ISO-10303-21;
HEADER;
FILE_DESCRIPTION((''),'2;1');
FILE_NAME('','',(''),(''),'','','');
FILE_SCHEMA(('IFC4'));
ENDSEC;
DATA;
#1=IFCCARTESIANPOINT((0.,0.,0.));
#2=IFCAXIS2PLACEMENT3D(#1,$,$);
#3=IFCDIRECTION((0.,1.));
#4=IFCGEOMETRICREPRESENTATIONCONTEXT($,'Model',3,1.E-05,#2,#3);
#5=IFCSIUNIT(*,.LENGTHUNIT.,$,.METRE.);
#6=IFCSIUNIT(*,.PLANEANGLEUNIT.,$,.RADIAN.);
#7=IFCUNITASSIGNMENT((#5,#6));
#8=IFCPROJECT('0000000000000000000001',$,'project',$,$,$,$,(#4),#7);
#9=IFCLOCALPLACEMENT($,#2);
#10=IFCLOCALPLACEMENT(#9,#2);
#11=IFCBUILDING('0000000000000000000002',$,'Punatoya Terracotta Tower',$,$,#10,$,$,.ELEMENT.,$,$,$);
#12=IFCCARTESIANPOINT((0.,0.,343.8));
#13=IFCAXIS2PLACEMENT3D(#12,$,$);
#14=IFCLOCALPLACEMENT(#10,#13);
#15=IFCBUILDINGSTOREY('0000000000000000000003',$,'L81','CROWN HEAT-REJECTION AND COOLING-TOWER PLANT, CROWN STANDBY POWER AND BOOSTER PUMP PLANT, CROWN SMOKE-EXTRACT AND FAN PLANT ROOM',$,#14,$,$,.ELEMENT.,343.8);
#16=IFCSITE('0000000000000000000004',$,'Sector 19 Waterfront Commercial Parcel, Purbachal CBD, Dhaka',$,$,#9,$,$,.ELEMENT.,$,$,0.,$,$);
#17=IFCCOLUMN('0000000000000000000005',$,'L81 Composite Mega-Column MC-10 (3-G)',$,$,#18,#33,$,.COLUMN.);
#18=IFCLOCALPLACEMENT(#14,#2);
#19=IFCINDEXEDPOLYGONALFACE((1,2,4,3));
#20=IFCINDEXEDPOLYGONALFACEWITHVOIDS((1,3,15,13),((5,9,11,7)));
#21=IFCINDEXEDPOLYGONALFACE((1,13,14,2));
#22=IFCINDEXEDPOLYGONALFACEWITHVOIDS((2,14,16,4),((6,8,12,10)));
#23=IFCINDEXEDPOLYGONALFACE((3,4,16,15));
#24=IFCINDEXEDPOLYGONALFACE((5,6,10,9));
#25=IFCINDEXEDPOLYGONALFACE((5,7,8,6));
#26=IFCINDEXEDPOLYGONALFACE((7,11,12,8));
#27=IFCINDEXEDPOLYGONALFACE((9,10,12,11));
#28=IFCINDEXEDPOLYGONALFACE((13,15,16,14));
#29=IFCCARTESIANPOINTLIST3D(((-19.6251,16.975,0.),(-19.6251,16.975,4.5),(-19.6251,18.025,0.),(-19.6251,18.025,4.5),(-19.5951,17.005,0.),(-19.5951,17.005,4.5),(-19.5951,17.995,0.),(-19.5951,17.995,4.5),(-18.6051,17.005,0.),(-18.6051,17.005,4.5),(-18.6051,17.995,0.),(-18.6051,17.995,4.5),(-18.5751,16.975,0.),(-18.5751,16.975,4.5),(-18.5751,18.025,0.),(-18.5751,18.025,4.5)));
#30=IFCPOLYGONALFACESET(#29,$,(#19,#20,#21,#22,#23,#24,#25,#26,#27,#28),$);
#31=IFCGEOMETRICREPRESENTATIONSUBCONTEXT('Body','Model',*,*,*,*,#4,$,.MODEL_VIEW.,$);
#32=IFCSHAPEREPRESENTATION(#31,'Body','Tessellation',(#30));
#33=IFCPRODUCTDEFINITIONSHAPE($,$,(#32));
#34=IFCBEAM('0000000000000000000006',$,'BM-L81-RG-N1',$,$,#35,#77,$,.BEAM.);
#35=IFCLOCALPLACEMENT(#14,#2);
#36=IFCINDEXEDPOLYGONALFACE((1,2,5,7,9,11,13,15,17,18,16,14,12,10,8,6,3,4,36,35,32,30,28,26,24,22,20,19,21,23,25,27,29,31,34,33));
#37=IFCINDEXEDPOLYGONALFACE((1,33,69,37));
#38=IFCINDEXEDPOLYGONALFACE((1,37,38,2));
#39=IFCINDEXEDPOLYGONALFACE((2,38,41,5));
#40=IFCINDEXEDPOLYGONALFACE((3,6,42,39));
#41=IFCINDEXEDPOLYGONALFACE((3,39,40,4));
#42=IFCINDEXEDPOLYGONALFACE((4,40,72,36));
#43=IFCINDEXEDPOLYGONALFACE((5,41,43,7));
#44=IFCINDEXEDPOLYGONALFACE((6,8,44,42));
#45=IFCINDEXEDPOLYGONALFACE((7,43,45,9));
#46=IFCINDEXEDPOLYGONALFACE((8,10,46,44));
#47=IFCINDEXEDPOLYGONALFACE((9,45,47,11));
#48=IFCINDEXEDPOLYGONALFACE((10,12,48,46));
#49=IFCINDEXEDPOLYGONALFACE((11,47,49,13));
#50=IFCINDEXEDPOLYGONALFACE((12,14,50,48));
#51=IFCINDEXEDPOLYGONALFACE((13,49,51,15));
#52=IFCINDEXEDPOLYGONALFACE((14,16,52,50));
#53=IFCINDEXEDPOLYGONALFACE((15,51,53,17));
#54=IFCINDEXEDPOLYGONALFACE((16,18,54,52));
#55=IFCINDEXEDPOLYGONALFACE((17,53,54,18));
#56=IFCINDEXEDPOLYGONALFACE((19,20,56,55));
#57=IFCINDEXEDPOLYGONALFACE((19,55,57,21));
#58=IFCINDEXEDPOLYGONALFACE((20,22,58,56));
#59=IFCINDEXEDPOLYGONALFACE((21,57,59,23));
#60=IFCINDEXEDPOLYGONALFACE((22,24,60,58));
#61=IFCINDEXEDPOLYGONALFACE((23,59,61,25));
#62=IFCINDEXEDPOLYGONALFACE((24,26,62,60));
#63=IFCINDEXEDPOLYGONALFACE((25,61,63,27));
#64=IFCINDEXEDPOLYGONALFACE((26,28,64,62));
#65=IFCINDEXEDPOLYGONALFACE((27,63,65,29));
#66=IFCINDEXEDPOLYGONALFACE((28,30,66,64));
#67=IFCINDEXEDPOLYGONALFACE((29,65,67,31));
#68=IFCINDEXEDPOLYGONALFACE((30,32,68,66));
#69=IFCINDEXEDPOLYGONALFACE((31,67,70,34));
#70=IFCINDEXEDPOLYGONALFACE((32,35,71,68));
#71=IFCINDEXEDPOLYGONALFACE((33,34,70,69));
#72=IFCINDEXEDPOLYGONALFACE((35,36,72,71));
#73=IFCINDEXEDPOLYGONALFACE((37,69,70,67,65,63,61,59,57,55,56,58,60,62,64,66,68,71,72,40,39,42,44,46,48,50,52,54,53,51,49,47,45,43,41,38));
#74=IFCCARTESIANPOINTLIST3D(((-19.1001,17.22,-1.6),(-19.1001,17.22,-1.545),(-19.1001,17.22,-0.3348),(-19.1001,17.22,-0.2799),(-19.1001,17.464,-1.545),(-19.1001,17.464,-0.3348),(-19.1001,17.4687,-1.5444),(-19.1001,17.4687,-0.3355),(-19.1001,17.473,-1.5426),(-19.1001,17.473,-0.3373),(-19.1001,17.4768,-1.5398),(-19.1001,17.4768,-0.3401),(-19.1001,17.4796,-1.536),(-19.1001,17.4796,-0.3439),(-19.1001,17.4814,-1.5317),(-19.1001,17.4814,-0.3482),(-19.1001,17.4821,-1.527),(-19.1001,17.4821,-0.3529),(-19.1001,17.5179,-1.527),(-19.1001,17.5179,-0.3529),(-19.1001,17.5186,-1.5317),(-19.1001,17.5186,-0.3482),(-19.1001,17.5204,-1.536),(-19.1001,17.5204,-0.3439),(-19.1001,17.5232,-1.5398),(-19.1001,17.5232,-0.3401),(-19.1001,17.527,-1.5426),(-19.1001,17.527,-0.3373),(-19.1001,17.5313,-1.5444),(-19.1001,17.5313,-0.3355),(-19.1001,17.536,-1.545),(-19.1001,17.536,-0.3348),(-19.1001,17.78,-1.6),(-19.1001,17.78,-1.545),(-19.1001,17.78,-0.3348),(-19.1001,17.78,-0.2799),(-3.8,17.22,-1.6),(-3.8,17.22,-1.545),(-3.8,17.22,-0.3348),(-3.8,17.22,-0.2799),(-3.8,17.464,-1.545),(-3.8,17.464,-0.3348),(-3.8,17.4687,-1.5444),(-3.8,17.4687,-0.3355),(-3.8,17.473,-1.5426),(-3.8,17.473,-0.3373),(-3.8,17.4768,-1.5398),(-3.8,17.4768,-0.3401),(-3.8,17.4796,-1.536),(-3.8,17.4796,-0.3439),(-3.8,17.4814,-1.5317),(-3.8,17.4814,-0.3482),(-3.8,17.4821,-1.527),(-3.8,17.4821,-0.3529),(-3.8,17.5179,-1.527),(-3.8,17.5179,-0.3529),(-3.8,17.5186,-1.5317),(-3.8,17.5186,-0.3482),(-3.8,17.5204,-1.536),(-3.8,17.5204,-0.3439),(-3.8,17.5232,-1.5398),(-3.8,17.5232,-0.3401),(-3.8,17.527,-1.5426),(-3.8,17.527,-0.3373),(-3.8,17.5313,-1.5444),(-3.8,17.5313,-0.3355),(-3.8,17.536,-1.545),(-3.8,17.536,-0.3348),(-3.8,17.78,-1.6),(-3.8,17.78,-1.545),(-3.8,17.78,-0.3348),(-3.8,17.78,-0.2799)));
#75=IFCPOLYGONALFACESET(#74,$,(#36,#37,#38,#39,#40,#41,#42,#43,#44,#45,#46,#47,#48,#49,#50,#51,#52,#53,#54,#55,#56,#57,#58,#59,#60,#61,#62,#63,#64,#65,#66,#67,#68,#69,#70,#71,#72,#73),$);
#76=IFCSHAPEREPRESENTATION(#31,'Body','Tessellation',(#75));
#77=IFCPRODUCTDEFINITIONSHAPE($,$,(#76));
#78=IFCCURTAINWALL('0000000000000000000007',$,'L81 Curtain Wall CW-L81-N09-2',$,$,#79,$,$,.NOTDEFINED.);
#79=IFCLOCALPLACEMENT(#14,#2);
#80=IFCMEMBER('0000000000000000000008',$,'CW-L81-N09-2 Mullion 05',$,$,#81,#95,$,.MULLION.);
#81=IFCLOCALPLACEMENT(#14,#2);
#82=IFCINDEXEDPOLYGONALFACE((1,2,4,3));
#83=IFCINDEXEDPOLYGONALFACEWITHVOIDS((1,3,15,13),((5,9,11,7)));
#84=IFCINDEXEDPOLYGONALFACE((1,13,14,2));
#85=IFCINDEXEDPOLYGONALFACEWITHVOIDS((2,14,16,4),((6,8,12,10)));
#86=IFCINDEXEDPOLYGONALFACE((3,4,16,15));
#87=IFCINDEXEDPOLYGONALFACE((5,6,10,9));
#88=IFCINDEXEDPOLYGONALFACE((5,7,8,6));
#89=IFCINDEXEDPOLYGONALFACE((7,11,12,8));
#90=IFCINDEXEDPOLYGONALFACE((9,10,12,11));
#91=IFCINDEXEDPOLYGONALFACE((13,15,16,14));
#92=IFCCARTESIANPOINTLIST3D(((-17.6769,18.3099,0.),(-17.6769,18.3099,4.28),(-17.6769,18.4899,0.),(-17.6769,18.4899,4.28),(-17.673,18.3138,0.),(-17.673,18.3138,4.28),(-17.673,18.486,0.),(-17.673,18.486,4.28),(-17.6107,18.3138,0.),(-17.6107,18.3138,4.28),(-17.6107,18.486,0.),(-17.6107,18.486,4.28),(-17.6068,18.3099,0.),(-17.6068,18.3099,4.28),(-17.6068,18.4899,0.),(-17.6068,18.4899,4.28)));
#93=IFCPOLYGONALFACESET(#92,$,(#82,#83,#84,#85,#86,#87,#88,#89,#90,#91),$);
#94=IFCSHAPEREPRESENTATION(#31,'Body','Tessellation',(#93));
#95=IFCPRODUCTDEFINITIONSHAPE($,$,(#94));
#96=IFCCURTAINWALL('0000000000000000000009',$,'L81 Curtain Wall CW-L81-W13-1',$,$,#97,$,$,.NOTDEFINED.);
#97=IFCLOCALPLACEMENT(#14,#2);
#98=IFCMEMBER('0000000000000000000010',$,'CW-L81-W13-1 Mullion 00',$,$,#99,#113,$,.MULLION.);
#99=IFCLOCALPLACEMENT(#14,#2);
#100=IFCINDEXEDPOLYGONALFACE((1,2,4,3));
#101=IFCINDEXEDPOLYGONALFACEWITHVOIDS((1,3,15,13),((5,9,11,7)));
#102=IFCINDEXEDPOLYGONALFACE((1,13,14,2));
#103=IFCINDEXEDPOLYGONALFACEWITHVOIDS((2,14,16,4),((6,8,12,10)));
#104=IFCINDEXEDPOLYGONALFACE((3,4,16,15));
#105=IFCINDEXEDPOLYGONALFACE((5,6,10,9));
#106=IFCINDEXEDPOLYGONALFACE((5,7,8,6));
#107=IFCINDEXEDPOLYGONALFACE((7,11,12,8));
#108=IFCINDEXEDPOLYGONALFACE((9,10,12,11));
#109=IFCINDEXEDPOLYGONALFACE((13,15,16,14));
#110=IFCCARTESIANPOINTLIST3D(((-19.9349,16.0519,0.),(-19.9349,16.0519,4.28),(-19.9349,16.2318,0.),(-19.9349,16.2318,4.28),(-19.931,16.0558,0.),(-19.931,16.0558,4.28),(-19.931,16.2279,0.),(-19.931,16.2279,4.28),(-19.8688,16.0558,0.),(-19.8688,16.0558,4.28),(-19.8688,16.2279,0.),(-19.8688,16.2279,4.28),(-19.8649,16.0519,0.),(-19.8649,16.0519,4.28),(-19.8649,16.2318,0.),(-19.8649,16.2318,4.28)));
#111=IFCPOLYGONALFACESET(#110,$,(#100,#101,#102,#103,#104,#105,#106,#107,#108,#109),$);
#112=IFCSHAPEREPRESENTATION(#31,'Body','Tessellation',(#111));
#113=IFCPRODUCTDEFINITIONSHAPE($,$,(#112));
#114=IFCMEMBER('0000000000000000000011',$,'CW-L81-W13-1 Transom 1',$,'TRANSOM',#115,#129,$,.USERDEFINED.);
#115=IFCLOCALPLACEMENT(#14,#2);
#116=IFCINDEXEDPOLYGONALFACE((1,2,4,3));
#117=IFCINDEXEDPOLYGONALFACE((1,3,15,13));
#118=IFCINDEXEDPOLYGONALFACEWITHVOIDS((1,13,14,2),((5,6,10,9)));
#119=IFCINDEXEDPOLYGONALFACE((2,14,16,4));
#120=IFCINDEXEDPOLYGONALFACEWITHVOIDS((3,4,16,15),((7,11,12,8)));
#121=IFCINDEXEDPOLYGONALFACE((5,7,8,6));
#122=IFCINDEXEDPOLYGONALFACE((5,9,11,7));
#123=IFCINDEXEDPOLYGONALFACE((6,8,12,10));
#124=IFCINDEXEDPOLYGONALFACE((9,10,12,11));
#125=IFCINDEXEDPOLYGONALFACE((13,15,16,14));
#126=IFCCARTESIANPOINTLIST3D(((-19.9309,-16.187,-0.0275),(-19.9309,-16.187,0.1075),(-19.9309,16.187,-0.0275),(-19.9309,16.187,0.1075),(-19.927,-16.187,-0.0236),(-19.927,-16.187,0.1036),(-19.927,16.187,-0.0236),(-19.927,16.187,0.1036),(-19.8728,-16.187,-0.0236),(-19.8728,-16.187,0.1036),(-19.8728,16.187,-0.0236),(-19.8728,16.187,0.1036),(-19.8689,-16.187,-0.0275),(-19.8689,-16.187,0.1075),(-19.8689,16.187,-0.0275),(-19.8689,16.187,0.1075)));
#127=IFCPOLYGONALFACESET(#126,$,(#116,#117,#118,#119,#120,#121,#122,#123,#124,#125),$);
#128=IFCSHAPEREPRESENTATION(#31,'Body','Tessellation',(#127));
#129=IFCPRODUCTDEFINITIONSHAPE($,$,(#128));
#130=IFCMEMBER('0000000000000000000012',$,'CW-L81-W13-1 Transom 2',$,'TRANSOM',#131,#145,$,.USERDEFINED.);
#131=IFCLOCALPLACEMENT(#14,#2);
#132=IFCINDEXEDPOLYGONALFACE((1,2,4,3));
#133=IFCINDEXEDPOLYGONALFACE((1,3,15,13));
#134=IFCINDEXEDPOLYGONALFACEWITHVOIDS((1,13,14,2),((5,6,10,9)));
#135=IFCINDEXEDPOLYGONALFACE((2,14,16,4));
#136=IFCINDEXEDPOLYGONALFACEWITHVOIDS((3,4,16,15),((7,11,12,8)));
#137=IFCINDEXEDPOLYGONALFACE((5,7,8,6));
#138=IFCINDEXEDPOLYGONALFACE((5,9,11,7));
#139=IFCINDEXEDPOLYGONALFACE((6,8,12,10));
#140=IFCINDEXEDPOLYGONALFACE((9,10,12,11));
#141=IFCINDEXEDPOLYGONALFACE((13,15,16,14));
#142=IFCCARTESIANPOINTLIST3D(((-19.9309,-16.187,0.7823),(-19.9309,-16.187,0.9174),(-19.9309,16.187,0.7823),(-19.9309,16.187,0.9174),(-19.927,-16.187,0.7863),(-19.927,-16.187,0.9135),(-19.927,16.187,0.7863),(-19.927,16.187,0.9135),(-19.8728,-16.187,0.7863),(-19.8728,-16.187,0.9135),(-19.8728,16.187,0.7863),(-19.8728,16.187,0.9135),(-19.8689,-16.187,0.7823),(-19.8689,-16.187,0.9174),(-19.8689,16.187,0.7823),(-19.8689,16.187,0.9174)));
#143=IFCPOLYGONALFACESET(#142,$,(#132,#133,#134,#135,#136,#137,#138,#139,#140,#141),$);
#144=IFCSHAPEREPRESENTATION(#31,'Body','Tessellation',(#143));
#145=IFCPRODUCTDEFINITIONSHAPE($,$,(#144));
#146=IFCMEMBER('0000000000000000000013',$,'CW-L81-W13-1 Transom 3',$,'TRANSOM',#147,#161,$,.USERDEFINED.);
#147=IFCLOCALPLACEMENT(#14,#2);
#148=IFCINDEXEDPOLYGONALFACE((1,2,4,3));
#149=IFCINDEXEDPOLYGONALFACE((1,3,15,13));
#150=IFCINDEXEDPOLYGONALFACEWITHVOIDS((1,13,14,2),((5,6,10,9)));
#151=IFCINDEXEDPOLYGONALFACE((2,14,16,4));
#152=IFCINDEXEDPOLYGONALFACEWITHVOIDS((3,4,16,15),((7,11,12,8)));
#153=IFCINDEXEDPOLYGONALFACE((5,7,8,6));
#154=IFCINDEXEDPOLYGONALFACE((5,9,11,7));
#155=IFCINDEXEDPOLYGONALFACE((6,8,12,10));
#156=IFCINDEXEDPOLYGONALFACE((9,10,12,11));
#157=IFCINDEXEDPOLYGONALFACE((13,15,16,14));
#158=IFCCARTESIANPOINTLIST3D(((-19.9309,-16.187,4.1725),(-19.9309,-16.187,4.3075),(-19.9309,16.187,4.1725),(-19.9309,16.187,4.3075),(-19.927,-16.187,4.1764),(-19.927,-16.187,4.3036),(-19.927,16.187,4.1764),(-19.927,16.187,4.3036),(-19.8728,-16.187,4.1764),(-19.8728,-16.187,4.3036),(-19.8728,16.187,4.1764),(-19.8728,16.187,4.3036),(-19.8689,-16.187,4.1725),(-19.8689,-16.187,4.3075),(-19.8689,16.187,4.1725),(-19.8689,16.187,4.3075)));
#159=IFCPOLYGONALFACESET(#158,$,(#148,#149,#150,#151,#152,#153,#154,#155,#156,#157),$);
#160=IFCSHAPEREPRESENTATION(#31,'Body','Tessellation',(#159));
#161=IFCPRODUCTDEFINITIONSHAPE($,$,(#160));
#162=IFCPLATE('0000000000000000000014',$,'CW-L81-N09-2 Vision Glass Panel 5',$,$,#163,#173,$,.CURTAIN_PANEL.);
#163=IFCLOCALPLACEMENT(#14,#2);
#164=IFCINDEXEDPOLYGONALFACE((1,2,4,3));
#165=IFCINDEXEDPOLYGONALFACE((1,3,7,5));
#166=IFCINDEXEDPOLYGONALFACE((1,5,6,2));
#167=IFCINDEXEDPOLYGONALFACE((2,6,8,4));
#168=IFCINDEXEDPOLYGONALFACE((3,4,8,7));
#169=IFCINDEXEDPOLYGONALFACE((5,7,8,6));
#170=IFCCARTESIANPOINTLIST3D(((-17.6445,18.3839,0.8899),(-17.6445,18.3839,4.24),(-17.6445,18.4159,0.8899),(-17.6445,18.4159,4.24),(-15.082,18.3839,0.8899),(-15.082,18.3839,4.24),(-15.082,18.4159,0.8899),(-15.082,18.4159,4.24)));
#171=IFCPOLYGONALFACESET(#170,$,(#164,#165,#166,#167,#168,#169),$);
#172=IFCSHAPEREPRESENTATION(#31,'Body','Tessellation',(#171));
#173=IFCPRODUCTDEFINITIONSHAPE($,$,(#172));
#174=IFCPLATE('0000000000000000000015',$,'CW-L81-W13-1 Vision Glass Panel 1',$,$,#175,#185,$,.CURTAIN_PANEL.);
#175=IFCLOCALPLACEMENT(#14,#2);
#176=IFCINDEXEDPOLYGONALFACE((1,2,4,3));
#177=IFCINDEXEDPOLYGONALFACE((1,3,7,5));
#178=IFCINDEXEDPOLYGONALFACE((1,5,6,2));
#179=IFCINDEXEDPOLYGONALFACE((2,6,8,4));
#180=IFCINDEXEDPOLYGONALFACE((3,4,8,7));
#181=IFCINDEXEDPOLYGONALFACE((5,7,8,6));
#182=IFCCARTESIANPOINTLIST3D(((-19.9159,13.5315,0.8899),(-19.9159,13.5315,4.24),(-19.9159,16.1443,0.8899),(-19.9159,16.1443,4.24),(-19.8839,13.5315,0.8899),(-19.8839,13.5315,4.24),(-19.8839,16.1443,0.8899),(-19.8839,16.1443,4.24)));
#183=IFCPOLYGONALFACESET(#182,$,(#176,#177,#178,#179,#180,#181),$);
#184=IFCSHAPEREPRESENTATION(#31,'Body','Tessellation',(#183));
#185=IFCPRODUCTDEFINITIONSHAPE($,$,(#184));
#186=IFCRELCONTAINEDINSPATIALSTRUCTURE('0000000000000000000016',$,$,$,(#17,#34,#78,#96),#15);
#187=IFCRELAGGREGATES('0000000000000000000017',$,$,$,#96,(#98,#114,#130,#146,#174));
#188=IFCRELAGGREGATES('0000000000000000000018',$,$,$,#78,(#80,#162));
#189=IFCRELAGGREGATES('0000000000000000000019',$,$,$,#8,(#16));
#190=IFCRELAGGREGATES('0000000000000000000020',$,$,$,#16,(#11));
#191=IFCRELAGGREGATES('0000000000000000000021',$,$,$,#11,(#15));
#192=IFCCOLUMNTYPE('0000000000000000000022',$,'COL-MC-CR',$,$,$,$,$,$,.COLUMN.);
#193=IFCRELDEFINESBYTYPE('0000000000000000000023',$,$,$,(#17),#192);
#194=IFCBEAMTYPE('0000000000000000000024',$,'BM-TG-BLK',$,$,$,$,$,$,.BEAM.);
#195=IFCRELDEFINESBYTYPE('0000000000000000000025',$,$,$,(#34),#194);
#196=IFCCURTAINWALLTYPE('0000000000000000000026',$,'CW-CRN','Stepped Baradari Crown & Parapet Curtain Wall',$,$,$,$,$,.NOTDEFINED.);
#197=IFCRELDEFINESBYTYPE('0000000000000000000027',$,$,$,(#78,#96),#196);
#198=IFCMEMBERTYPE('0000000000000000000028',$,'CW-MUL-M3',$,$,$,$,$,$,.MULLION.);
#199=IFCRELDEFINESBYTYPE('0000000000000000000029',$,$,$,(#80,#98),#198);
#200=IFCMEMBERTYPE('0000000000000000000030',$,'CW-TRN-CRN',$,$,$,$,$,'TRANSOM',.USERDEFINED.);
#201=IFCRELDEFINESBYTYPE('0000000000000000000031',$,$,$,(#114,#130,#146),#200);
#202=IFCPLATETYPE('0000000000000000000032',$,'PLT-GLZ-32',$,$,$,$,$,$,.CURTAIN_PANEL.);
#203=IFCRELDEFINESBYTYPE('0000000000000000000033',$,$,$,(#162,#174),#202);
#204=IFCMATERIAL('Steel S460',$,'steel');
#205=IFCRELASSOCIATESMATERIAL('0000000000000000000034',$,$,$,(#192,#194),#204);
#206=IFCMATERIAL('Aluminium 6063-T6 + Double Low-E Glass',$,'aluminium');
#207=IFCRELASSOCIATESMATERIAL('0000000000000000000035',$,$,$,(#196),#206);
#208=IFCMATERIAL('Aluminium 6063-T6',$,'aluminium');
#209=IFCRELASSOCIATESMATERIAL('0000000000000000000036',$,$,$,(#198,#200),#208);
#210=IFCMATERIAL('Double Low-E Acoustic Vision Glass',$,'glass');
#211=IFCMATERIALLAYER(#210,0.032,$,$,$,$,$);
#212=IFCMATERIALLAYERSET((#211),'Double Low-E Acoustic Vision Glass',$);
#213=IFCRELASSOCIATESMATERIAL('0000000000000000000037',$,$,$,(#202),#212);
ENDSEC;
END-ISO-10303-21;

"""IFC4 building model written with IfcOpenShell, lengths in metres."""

from ifc_helpers import new_model, si_unit, direction, frame, origin, origin_2d, place, context, subcontext, project, spatial, rectangle, hollow_rectangle, i_section, extrude, material, layer, layer_set, material_profile, profile_set, type_object, element, aggregate, save


model = new_model("IFC4")

# Units and contexts
model_context = context("Model", 3, precision=1e-05, world=origin(), true_north=direction((0.0, 1.0)))
body_context = subcontext(model_context, "Body", "Model", "MODEL_VIEW")
ifc_project = project(units=[si_unit("LENGTHUNIT", "METRE"), si_unit("PLANEANGLEUNIT", "RADIAN")], contexts=[model_context])

# Site, building, storey
site_placement = place(None, origin())
site = spatial("IfcSite", under=ifc_project, at=site_placement, Name="Sector 19 Waterfront Commercial Parcel, Purbachal CBD, Dhaka", CompositionType="ELEMENT", RefElevation=0.0)
building_placement = place(site_placement, origin())
building = spatial("IfcBuilding", under=site, at=building_placement, Name="Punatoya Terracotta Tower", CompositionType="ELEMENT")
storey_placement = place(building_placement, frame((0.0, 0.0, 343.8)))
storey = spatial("IfcBuildingStorey", under=building, at=storey_placement, Name="L81", Description="CROWN HEAT-REJECTION AND COOLING-TOWER PLANT, CROWN STANDBY POWER AND BOOSTER PUMP PLANT, CROWN SMOKE-EXTRACT AND FAN PLANT ROOM", CompositionType="ELEMENT", Elevation=343.8)

# Column
ifc_material_1 = material(Name="Steel S460", Category="steel")
ifc_material_profile_1 = material_profile(ifc_material_1, hollow_rectangle(XDim=1.05, YDim=1.05, WallThickness=0.03, at=origin_2d()))
ifc_profile_set_1 = profile_set([ifc_material_profile_1], Name="Steel S460")
column_type = type_object("IfcColumnType", Name="COL-MC-CR", PredefinedType="COLUMN", material=ifc_profile_set_1)
column_placement = place(storey_placement, frame((-19.1001, 17.5, 0.0), z_axis=(0.0, 0.0, 1.0), x_axis=(1.0, 0.0, 0.0)))
element("IfcColumn", 1, at=column_placement, inside=storey, type_object=column_type, Name="L81 Composite Mega-Column MC-10 (3-G)", PredefinedType="COLUMN", context=body_context, shape_type="SweptSolid", body=[
    extrude(hollow_rectangle(XDim=1.05, YDim=1.05, WallThickness=0.03, at=origin_2d()), origin(), (0.0, 0.0, 1.0), 4.5),
])

# Beam
ifc_material_profile_2 = material_profile(ifc_material_1, i_section(OverallWidth=0.5601, OverallDepth=1.3201, WebThickness=0.0359, FlangeThickness=0.0549, FilletRadius=0.0181, at=origin_2d()))
ifc_profile_set_2 = profile_set([ifc_material_profile_2], Name="Steel S460")
beam_type = type_object("IfcBeamType", Name="BM-TG-BLK", PredefinedType="BEAM", material=ifc_profile_set_2)
beam_placement = place(storey_placement, frame((-19.1001, 17.5, -0.9399), z_axis=(1.0, 0.0, 0.0), x_axis=(0.0, 1.0, 0.0)))
element("IfcBeam", 2, at=beam_placement, inside=storey, type_object=beam_type, Name="BM-L81-RG-N1", PredefinedType="BEAM", context=body_context, shape_type="SweptSolid", body=[
    extrude(i_section(OverallWidth=0.5601, OverallDepth=1.3201, WebThickness=0.0359, FlangeThickness=0.0549, FilletRadius=0.0181, at=origin_2d()), origin(), (0.0, 0.0, 1.0), 15.3),
])

# Curtain wall, member
ifc_material_2 = material(Name="Aluminium 6063-T6 + Double Low-E Glass", Category="aluminium")
curtain_wall_type = type_object("IfcCurtainWallType", Name="CW-CRN", Description="Stepped Baradari Crown & Parapet Curtain Wall", PredefinedType="NOTDEFINED", material=ifc_material_2)
curtain_wall_1_placement = place(storey_placement, origin())
curtain_wall_1 = element("IfcCurtainWall", 3, at=curtain_wall_1_placement, inside=storey, type_object=curtain_wall_type, Name="L81 Curtain Wall CW-L81-N09-2", PredefinedType="NOTDEFINED")
ifc_material_3 = material(Name="Aluminium 6063-T6", Category="aluminium")
ifc_material_profile_3 = material_profile(ifc_material_3, hollow_rectangle(XDim=0.0701, YDim=0.1799, WallThickness=0.0039, at=origin_2d()))
ifc_profile_set_3 = profile_set([ifc_material_profile_3], Name="Aluminium 6063-T6")
member_type_1 = type_object("IfcMemberType", Name="CW-MUL-M3", PredefinedType="MULLION", material=ifc_profile_set_3)
member_1_placement = place(storey_placement, frame((-17.6418, 18.3999, 0.0), z_axis=(0.0, 0.0, 1.0), x_axis=(1.0, 0.0, 0.0)))
member_1 = element("IfcMember", 4, at=member_1_placement, type_object=member_type_1, Name="CW-L81-N09-2 Mullion 05", PredefinedType="MULLION", context=body_context, shape_type="SweptSolid", body=[
    extrude(hollow_rectangle(XDim=0.0701, YDim=0.1799, WallThickness=0.0039, at=origin_2d()), origin(), (0.0, 0.0, 1.0), 4.28),
])

# Curtain wall, members
curtain_wall_2_placement = place(storey_placement, origin())
curtain_wall_2 = element("IfcCurtainWall", 5, at=curtain_wall_2_placement, inside=storey, type_object=curtain_wall_type, Name="L81 Curtain Wall CW-L81-W13-1", PredefinedType="NOTDEFINED")
member_2_placement = place(storey_placement, frame((-19.8999, 16.1418, 0.0), z_axis=(0.0, 0.0, 1.0), x_axis=(1.0, 0.0, 0.0)))
member_2 = element("IfcMember", 6, at=member_2_placement, type_object=member_type_1, Name="CW-L81-W13-1 Mullion 00", PredefinedType="MULLION", context=body_context, shape_type="SweptSolid", body=[
    extrude(hollow_rectangle(XDim=0.0701, YDim=0.1799, WallThickness=0.0039, at=origin_2d()), origin(), (0.0, 0.0, 1.0), 4.28),
])
ifc_material_profile_4 = material_profile(ifc_material_3, hollow_rectangle(XDim=0.062, YDim=0.135, WallThickness=0.0039, at=origin_2d()))
ifc_profile_set_4 = profile_set([ifc_material_profile_4], Name="Aluminium 6063-T6")
member_type_2 = type_object("IfcMemberType", Name="CW-TRN-CRN", ElementType="TRANSOM", PredefinedType="USERDEFINED", material=ifc_profile_set_4)
member_3_placement = place(storey_placement, frame((-19.8999, 16.187, 0.04), z_axis=(0.0, -1.0, 0.0), x_axis=(1.0, 0.0, 0.0)))
member_3 = element("IfcMember", 7, at=member_3_placement, type_object=member_type_2, Name="CW-L81-W13-1 Transom 1", ObjectType="TRANSOM", PredefinedType="USERDEFINED", context=body_context, shape_type="SweptSolid", body=[
    extrude(hollow_rectangle(XDim=0.062, YDim=0.135, WallThickness=0.0039, at=origin_2d()), origin(), (0.0, 0.0, 1.0), 32.374),
])
member_4_placement = place(storey_placement, frame((-19.8999, 16.187, 0.8499), z_axis=(0.0, -1.0, 0.0), x_axis=(1.0, 0.0, 0.0)))
member_4 = element("IfcMember", 8, at=member_4_placement, type_object=member_type_2, Name="CW-L81-W13-1 Transom 2", ObjectType="TRANSOM", PredefinedType="USERDEFINED", context=body_context, shape_type="SweptSolid", body=[
    extrude(hollow_rectangle(XDim=0.062, YDim=0.135, WallThickness=0.0039, at=origin_2d()), origin(), (0.0, 0.0, 1.0), 32.374),
])
member_5_placement = place(storey_placement, frame((-19.8999, 16.187, 4.24), z_axis=(0.0, -1.0, 0.0), x_axis=(1.0, 0.0, 0.0)))
member_5 = element("IfcMember", 9, at=member_5_placement, type_object=member_type_2, Name="CW-L81-W13-1 Transom 3", ObjectType="TRANSOM", PredefinedType="USERDEFINED", context=body_context, shape_type="SweptSolid", body=[
    extrude(hollow_rectangle(XDim=0.062, YDim=0.135, WallThickness=0.0039, at=origin_2d()), origin(), (0.0, 0.0, 1.0), 32.374),
])

# Plates
ifc_material_4 = material(Name="Double Low-E Acoustic Vision Glass", Category="glass")
ifc_layer_1 = layer(ifc_material_4, 0.032)
ifc_layer_set_1 = layer_set([ifc_layer_1], Name="Double Low-E Acoustic Vision Glass")
plate_type_1 = type_object("IfcPlateType", Name="PLT-GLZ-32", PredefinedType="CURTAIN_PANEL", material=ifc_layer_set_1)
plate_1_placement = place(storey_placement, frame((-16.3633, 18.3999, 0.8899), z_axis=(0.0, 0.0, 1.0), x_axis=(-1.0, 0.0, 0.0)))
plate_1 = element("IfcPlate", 10, at=plate_1_placement, type_object=plate_type_1, Name="CW-L81-N09-2 Vision Glass Panel 5", PredefinedType="CURTAIN_PANEL", context=body_context, shape_type="SweptSolid", body=[
    extrude(rectangle(XDim=2.5625, YDim=0.032, at=origin_2d()), origin(), (0.0, 0.0, 1.0), 3.3501),
])
plate_2_placement = place(storey_placement, frame((-19.8999, 14.8379, 0.8899), z_axis=(0.0, 0.0, 1.0), x_axis=(0.0, -1.0, 0.0)))
plate_2 = element("IfcPlate", 11, at=plate_2_placement, type_object=plate_type_1, Name="CW-L81-W13-1 Vision Glass Panel 1", PredefinedType="CURTAIN_PANEL", context=body_context, shape_type="SweptSolid", body=[
    extrude(rectangle(XDim=2.6128, YDim=0.032, at=origin_2d()), origin(), (0.0, 0.0, 1.0), 3.3501),
])
aggregate(curtain_wall_2, [member_2, member_3, member_4, member_5, plate_2])
aggregate(curtain_wall_1, [member_1, plate_1])

save(model, "model.ifc")
